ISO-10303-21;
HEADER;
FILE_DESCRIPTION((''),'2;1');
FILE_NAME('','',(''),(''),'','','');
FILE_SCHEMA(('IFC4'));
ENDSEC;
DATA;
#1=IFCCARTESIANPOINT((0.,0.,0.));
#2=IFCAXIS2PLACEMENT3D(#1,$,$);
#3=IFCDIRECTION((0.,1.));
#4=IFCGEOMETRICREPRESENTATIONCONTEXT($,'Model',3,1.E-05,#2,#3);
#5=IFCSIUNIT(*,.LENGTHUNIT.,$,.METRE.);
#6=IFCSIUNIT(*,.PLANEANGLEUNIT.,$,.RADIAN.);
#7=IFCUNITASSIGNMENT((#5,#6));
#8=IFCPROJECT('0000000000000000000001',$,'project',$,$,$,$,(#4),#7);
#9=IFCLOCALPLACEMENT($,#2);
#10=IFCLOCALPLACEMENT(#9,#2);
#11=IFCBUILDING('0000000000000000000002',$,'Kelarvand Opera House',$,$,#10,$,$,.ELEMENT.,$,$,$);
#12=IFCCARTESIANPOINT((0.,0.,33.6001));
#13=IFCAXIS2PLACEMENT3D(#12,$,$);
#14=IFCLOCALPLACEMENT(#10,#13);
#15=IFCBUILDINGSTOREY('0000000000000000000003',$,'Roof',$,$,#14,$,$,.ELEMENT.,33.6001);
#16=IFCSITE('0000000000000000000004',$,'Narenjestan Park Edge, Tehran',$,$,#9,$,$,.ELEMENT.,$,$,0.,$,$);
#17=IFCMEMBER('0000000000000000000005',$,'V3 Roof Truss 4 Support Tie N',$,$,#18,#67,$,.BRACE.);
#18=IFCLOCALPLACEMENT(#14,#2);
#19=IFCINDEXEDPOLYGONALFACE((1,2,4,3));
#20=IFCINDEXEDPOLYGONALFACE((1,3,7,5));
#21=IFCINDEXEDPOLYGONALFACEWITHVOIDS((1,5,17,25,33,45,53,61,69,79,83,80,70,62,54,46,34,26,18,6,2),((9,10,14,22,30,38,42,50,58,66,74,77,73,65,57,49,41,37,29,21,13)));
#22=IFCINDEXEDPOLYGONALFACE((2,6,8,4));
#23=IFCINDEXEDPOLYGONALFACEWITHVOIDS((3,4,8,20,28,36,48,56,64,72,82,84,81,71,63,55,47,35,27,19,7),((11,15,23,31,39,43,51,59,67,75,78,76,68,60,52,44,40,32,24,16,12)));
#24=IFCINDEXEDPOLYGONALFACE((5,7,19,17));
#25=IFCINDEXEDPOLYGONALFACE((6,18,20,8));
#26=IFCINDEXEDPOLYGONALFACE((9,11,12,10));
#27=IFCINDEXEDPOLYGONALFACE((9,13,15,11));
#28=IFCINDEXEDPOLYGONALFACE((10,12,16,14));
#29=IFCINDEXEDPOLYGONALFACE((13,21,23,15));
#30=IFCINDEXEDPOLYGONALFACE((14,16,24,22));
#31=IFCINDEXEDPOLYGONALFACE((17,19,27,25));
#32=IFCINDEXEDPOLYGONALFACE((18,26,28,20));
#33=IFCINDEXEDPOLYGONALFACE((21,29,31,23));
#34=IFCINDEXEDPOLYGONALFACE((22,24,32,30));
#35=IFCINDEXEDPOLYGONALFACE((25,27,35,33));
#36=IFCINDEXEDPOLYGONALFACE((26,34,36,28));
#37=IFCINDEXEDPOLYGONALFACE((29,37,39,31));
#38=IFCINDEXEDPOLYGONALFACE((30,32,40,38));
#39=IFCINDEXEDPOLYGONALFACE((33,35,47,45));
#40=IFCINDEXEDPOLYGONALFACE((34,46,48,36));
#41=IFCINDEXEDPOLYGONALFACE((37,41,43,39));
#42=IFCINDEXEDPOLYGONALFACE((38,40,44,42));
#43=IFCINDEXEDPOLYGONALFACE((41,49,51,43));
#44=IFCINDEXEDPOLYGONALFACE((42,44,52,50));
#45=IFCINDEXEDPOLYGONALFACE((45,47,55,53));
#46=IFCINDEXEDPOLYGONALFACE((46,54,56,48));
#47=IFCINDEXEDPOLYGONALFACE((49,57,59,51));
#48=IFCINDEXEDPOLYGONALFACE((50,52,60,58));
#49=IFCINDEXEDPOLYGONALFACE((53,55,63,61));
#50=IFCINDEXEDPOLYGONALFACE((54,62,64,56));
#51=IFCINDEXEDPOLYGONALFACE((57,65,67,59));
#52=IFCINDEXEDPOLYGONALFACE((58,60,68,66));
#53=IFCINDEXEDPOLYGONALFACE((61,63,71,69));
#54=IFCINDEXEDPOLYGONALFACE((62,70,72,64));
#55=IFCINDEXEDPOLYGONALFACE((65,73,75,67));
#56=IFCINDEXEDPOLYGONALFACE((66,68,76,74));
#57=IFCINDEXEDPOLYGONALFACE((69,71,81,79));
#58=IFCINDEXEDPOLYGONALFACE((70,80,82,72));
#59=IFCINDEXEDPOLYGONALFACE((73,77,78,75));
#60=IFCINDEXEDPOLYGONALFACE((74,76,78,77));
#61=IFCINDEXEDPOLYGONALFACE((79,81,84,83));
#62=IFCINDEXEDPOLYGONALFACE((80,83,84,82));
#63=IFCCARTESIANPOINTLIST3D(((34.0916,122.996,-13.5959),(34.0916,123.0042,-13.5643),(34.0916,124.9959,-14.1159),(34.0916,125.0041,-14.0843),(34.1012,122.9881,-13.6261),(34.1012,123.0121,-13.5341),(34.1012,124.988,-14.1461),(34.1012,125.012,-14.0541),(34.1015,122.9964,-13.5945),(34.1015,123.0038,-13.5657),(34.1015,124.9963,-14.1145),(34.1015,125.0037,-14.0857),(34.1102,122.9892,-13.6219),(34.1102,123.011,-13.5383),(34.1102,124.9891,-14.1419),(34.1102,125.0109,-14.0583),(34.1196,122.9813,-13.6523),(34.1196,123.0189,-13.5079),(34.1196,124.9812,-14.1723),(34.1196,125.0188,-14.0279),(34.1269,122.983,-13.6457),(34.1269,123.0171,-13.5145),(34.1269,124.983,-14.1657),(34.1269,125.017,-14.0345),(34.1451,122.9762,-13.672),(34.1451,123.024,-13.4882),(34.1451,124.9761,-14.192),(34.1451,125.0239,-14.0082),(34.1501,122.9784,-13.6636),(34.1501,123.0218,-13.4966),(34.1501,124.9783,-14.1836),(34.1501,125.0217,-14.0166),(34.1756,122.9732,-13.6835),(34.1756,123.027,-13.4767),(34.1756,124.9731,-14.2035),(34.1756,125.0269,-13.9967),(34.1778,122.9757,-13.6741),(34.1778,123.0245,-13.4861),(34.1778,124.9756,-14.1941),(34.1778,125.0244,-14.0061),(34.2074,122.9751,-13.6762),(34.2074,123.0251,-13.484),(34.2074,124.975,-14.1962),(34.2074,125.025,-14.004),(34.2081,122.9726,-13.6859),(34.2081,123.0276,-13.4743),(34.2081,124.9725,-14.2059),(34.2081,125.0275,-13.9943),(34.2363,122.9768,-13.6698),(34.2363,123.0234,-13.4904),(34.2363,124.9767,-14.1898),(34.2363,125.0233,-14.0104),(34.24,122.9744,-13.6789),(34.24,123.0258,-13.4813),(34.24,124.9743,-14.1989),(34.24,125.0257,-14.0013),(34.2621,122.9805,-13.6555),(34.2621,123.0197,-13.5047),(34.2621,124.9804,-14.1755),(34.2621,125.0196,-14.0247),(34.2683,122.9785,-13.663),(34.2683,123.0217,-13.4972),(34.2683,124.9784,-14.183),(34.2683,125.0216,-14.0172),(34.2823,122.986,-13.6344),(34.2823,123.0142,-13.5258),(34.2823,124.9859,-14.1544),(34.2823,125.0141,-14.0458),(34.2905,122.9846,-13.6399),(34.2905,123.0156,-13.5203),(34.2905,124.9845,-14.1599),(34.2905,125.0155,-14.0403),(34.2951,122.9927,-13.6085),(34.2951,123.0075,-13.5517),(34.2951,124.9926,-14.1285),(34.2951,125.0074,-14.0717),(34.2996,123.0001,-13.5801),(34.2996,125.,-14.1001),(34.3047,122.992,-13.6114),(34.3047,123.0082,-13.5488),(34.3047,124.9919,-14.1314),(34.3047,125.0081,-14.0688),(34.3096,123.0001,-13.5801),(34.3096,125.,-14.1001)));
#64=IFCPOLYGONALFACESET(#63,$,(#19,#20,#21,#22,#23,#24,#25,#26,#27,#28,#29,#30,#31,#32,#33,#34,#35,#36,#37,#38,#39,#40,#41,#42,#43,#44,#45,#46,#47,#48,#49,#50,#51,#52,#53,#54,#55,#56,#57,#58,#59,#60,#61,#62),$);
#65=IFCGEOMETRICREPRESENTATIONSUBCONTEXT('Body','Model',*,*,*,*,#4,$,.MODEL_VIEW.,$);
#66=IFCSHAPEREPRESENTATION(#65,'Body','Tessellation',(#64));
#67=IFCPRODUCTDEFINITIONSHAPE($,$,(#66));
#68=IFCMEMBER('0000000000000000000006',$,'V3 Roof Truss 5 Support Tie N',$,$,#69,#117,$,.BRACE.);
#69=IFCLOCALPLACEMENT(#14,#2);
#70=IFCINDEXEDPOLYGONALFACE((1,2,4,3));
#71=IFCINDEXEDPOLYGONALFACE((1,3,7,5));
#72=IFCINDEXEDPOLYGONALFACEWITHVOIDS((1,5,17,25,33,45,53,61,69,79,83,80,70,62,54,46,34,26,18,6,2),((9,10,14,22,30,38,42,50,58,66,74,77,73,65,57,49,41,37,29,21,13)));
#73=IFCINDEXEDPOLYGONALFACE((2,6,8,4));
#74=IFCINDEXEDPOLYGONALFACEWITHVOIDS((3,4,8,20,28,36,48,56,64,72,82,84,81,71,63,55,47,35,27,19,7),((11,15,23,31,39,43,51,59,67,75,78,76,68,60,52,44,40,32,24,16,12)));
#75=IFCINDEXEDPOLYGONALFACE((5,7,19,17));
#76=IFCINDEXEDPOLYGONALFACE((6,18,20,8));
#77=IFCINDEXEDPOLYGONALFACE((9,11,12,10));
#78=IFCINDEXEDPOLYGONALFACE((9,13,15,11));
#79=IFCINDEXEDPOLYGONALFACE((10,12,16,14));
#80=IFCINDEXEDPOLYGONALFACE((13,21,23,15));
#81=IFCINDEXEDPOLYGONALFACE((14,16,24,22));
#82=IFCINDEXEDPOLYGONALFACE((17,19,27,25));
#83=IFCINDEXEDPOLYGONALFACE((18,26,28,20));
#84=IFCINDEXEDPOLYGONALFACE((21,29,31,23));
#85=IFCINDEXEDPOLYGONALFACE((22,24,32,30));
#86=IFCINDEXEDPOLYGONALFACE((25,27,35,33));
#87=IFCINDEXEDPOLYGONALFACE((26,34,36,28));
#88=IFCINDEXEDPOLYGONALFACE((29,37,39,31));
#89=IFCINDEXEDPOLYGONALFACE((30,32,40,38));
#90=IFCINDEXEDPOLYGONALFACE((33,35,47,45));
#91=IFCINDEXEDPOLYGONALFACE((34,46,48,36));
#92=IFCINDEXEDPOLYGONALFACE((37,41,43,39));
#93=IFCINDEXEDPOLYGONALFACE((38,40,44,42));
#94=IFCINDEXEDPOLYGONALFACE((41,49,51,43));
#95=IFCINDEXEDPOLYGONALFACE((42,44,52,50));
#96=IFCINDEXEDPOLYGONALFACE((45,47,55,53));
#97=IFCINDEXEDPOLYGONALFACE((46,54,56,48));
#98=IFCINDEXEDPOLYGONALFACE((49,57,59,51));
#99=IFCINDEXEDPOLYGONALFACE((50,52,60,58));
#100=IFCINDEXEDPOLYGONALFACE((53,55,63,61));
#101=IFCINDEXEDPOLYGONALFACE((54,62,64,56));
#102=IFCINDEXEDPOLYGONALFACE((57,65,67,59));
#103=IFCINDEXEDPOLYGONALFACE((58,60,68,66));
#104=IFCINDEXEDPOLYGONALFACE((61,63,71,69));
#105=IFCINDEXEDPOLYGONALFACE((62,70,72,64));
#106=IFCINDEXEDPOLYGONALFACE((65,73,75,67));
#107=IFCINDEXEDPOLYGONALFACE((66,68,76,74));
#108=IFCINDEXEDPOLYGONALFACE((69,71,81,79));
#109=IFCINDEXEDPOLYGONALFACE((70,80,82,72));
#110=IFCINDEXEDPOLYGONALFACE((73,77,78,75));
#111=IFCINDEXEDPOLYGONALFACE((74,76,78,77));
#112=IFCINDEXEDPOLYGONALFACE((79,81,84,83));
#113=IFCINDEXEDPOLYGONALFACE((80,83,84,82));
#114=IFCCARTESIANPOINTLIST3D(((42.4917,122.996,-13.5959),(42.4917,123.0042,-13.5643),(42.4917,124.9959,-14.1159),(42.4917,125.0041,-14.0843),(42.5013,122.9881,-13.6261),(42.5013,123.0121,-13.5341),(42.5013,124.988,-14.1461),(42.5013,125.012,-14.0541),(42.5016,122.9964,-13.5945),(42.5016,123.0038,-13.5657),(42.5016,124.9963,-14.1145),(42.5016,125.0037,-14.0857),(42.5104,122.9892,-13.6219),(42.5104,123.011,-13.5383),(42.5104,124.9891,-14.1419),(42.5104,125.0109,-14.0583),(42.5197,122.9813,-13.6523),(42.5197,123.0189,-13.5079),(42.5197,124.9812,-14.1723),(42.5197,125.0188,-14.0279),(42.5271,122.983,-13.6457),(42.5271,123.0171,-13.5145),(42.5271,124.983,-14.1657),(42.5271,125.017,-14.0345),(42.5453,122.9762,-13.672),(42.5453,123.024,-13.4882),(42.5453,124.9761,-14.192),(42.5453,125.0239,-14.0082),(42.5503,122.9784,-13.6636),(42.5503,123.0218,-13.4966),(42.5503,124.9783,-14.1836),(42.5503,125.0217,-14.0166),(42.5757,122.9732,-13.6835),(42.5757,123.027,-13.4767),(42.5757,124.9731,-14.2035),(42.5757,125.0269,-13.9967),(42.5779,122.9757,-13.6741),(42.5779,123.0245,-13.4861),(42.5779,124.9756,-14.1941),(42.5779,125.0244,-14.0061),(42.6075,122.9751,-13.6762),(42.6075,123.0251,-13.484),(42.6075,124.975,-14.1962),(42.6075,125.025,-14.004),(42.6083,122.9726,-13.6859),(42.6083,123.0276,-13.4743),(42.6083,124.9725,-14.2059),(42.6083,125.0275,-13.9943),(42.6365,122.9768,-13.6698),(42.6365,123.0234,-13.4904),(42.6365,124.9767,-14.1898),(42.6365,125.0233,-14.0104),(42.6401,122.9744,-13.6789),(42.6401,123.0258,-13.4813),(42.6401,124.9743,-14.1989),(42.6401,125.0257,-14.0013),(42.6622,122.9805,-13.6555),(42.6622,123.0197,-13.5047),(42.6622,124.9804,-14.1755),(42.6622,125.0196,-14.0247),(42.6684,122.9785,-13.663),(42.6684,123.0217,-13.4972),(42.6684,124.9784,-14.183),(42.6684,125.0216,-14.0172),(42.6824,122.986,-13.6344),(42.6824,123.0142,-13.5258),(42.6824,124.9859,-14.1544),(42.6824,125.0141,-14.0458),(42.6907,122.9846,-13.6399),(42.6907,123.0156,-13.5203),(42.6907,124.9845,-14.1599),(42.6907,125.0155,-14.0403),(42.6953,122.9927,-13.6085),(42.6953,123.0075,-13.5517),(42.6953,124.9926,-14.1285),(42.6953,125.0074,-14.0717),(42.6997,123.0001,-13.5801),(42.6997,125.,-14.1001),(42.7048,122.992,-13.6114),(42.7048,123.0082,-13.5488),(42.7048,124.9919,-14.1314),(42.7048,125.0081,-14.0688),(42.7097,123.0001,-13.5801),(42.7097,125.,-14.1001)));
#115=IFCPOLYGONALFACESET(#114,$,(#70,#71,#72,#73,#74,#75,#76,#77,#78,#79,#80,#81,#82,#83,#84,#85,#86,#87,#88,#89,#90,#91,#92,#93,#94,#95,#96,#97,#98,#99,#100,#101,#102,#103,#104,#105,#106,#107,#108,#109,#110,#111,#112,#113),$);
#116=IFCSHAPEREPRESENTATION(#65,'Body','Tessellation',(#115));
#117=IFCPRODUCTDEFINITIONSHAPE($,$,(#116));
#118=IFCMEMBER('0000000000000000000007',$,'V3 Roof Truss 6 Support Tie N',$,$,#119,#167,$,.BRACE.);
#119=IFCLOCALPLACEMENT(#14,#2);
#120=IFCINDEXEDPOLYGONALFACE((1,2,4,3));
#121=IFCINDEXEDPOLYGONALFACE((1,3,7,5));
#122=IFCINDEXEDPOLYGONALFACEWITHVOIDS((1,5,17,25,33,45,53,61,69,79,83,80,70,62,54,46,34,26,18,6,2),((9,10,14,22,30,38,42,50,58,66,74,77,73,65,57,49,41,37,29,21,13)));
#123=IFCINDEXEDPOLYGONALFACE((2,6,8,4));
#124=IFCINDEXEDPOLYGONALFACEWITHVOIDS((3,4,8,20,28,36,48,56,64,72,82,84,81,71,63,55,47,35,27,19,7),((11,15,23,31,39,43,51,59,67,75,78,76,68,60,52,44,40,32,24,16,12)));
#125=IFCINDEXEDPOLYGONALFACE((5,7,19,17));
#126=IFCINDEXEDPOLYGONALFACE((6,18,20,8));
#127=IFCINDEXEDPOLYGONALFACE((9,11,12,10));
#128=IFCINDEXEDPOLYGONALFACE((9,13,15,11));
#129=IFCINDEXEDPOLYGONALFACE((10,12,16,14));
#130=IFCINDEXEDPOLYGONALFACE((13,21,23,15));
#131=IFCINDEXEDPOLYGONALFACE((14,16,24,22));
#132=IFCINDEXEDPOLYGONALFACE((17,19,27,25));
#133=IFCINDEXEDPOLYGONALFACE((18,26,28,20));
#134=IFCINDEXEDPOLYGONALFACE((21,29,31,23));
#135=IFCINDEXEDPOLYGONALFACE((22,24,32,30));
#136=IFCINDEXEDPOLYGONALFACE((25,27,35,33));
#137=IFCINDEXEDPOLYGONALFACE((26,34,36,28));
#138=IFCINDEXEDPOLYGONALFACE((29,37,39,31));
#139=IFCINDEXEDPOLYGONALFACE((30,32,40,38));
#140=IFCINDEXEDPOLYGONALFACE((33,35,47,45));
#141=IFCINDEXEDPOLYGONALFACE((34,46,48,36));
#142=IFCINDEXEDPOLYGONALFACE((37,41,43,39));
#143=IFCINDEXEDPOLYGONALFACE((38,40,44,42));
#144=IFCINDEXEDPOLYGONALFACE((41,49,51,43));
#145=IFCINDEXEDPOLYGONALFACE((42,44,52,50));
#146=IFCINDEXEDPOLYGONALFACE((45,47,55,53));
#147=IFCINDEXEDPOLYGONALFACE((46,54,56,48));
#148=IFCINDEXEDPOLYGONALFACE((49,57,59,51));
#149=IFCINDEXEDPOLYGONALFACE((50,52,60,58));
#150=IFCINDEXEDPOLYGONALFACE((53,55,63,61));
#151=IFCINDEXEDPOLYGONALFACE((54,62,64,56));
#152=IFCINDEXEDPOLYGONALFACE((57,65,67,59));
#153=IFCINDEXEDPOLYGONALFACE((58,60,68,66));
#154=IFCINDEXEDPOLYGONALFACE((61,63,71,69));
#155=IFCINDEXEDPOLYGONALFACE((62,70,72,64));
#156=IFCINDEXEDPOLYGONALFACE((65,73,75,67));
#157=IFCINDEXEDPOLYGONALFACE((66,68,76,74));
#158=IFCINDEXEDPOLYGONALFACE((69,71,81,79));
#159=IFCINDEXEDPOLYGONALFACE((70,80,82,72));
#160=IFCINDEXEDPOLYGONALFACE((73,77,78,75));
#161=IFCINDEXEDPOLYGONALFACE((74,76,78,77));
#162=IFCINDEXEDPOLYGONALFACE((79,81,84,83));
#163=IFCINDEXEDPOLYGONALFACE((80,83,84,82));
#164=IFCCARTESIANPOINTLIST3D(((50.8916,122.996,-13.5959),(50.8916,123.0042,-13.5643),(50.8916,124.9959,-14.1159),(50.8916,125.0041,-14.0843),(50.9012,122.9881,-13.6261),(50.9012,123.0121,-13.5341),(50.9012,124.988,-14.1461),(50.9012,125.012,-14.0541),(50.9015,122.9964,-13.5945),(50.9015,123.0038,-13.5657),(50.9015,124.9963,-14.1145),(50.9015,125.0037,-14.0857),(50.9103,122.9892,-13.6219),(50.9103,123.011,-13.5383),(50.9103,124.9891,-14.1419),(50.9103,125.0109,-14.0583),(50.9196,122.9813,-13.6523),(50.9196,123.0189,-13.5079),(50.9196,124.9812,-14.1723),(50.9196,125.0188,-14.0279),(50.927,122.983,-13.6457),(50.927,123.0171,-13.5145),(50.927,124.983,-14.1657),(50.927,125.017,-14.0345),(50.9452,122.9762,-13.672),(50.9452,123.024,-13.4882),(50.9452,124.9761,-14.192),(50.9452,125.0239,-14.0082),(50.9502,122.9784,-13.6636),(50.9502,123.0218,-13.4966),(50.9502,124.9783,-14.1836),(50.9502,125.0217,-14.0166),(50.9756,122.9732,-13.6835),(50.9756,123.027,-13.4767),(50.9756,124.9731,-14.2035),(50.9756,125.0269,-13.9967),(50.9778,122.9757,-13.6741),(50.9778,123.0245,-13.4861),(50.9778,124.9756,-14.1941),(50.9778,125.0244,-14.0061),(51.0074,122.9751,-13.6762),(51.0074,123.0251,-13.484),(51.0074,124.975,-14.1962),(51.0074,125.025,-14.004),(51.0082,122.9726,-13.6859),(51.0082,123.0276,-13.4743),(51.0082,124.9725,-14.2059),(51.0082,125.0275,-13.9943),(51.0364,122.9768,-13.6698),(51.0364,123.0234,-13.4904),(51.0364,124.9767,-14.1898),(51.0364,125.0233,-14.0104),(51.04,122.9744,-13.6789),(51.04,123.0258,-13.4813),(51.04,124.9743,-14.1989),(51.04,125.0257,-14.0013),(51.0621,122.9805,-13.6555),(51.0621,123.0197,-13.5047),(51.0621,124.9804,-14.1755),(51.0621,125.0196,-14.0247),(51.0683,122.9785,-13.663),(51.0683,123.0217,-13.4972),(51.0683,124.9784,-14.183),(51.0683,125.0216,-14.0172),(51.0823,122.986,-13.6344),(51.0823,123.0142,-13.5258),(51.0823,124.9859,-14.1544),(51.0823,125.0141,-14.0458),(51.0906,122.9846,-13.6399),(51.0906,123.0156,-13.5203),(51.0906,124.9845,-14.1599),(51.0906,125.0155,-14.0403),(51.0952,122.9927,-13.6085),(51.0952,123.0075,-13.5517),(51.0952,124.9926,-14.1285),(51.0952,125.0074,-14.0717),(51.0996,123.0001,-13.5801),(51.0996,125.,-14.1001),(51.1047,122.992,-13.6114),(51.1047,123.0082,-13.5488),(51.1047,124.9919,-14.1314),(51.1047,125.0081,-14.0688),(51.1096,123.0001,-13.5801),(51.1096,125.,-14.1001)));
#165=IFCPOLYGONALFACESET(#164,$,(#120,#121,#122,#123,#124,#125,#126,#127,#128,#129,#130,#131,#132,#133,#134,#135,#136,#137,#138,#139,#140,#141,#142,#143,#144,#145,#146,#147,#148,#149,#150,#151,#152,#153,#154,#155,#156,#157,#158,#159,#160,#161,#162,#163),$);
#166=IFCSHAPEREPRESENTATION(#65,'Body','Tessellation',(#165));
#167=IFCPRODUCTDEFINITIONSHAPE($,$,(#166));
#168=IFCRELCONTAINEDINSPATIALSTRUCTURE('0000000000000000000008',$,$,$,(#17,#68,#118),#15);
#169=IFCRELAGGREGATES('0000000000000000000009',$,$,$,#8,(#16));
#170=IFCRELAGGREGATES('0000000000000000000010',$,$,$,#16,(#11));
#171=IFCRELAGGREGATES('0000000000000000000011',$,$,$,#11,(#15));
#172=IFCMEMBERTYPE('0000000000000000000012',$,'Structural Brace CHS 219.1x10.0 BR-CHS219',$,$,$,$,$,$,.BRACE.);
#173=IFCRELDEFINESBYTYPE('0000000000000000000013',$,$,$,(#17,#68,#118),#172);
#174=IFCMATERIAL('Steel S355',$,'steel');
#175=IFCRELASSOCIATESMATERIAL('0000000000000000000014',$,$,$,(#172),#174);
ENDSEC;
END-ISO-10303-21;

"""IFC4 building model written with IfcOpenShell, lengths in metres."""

from ifc_helpers import new_model, si_unit, direction, frame, origin, origin_2d, place, context, subcontext, project, spatial, hollow_circle, extrude, material, material_profile, profile_set, type_object, element, save


model = new_model("IFC4")

# Units and contexts
model_context = context("Model", 3, precision=1e-05, world=origin(), true_north=direction((0.0, 1.0)))
body_context = subcontext(model_context, "Body", "Model", "MODEL_VIEW")
ifc_project = project(units=[si_unit("LENGTHUNIT", "METRE"), si_unit("PLANEANGLEUNIT", "RADIAN")], contexts=[model_context])

# Site, building, storey
site_placement = place(None, origin())
site = spatial("IfcSite", under=ifc_project, at=site_placement, Name="Narenjestan Park Edge, Tehran", CompositionType="ELEMENT", RefElevation=0.0)
building_placement = place(site_placement, origin())
building = spatial("IfcBuilding", under=site, at=building_placement, Name="Kelarvand Opera House", CompositionType="ELEMENT")
storey_placement = place(building_placement, frame((0.0, 0.0, 33.6001)))
storey = spatial("IfcBuildingStorey", under=building, at=storey_placement, Name="Roof", CompositionType="ELEMENT", Elevation=33.6001)

# Members
ifc_material = material(Name="Steel S355", Category="steel")
ifc_material_profile_1 = material_profile(ifc_material, hollow_circle(Radius=0.1096, WallThickness=0.01, at=origin_2d()), Name="CHS 219.1x10.0", Category="steel")
ifc_profile_set_1 = profile_set([ifc_material_profile_1], Name="Steel S355")
member_type_1 = type_object("IfcMemberType", Name="Structural Brace CHS 219.1x10.0 BR-CHS219", PredefinedType="BRACE", material=ifc_profile_set_1)
for number, where, z_axis, x_axis, name in (
    (1, (34.2, 125.0, -14.1001), (0.0, -0.96782, 0.251643), (1.0, 0.0, 0.0), "V3 Roof Truss 4 Support Tie N"),
    (2, (42.6001, 125.0, -14.1001), (0.0, -0.96782, 0.251643), (1.0, 0.0, 0.0), "V3 Roof Truss 5 Support Tie N"),
    (3, (51.0, 125.0, -14.1001), (0.0, -0.96782, 0.251643), (1.0, 0.0, 0.0), "V3 Roof Truss 6 Support Tie N"),
):
    element("IfcMember", number, at=place(storey_placement, frame(where, z_axis=z_axis, x_axis=x_axis)), inside=storey, type_object=member_type_1, Name=name, PredefinedType="BRACE", context=body_context, shape_type="SweptSolid", body=[
        extrude(hollow_circle(Radius=0.1096, WallThickness=0.01, at=origin_2d()), origin(), (0.0, 0.0, 1.0), 2.0664),
    ])

save(model, "model.ifc")
